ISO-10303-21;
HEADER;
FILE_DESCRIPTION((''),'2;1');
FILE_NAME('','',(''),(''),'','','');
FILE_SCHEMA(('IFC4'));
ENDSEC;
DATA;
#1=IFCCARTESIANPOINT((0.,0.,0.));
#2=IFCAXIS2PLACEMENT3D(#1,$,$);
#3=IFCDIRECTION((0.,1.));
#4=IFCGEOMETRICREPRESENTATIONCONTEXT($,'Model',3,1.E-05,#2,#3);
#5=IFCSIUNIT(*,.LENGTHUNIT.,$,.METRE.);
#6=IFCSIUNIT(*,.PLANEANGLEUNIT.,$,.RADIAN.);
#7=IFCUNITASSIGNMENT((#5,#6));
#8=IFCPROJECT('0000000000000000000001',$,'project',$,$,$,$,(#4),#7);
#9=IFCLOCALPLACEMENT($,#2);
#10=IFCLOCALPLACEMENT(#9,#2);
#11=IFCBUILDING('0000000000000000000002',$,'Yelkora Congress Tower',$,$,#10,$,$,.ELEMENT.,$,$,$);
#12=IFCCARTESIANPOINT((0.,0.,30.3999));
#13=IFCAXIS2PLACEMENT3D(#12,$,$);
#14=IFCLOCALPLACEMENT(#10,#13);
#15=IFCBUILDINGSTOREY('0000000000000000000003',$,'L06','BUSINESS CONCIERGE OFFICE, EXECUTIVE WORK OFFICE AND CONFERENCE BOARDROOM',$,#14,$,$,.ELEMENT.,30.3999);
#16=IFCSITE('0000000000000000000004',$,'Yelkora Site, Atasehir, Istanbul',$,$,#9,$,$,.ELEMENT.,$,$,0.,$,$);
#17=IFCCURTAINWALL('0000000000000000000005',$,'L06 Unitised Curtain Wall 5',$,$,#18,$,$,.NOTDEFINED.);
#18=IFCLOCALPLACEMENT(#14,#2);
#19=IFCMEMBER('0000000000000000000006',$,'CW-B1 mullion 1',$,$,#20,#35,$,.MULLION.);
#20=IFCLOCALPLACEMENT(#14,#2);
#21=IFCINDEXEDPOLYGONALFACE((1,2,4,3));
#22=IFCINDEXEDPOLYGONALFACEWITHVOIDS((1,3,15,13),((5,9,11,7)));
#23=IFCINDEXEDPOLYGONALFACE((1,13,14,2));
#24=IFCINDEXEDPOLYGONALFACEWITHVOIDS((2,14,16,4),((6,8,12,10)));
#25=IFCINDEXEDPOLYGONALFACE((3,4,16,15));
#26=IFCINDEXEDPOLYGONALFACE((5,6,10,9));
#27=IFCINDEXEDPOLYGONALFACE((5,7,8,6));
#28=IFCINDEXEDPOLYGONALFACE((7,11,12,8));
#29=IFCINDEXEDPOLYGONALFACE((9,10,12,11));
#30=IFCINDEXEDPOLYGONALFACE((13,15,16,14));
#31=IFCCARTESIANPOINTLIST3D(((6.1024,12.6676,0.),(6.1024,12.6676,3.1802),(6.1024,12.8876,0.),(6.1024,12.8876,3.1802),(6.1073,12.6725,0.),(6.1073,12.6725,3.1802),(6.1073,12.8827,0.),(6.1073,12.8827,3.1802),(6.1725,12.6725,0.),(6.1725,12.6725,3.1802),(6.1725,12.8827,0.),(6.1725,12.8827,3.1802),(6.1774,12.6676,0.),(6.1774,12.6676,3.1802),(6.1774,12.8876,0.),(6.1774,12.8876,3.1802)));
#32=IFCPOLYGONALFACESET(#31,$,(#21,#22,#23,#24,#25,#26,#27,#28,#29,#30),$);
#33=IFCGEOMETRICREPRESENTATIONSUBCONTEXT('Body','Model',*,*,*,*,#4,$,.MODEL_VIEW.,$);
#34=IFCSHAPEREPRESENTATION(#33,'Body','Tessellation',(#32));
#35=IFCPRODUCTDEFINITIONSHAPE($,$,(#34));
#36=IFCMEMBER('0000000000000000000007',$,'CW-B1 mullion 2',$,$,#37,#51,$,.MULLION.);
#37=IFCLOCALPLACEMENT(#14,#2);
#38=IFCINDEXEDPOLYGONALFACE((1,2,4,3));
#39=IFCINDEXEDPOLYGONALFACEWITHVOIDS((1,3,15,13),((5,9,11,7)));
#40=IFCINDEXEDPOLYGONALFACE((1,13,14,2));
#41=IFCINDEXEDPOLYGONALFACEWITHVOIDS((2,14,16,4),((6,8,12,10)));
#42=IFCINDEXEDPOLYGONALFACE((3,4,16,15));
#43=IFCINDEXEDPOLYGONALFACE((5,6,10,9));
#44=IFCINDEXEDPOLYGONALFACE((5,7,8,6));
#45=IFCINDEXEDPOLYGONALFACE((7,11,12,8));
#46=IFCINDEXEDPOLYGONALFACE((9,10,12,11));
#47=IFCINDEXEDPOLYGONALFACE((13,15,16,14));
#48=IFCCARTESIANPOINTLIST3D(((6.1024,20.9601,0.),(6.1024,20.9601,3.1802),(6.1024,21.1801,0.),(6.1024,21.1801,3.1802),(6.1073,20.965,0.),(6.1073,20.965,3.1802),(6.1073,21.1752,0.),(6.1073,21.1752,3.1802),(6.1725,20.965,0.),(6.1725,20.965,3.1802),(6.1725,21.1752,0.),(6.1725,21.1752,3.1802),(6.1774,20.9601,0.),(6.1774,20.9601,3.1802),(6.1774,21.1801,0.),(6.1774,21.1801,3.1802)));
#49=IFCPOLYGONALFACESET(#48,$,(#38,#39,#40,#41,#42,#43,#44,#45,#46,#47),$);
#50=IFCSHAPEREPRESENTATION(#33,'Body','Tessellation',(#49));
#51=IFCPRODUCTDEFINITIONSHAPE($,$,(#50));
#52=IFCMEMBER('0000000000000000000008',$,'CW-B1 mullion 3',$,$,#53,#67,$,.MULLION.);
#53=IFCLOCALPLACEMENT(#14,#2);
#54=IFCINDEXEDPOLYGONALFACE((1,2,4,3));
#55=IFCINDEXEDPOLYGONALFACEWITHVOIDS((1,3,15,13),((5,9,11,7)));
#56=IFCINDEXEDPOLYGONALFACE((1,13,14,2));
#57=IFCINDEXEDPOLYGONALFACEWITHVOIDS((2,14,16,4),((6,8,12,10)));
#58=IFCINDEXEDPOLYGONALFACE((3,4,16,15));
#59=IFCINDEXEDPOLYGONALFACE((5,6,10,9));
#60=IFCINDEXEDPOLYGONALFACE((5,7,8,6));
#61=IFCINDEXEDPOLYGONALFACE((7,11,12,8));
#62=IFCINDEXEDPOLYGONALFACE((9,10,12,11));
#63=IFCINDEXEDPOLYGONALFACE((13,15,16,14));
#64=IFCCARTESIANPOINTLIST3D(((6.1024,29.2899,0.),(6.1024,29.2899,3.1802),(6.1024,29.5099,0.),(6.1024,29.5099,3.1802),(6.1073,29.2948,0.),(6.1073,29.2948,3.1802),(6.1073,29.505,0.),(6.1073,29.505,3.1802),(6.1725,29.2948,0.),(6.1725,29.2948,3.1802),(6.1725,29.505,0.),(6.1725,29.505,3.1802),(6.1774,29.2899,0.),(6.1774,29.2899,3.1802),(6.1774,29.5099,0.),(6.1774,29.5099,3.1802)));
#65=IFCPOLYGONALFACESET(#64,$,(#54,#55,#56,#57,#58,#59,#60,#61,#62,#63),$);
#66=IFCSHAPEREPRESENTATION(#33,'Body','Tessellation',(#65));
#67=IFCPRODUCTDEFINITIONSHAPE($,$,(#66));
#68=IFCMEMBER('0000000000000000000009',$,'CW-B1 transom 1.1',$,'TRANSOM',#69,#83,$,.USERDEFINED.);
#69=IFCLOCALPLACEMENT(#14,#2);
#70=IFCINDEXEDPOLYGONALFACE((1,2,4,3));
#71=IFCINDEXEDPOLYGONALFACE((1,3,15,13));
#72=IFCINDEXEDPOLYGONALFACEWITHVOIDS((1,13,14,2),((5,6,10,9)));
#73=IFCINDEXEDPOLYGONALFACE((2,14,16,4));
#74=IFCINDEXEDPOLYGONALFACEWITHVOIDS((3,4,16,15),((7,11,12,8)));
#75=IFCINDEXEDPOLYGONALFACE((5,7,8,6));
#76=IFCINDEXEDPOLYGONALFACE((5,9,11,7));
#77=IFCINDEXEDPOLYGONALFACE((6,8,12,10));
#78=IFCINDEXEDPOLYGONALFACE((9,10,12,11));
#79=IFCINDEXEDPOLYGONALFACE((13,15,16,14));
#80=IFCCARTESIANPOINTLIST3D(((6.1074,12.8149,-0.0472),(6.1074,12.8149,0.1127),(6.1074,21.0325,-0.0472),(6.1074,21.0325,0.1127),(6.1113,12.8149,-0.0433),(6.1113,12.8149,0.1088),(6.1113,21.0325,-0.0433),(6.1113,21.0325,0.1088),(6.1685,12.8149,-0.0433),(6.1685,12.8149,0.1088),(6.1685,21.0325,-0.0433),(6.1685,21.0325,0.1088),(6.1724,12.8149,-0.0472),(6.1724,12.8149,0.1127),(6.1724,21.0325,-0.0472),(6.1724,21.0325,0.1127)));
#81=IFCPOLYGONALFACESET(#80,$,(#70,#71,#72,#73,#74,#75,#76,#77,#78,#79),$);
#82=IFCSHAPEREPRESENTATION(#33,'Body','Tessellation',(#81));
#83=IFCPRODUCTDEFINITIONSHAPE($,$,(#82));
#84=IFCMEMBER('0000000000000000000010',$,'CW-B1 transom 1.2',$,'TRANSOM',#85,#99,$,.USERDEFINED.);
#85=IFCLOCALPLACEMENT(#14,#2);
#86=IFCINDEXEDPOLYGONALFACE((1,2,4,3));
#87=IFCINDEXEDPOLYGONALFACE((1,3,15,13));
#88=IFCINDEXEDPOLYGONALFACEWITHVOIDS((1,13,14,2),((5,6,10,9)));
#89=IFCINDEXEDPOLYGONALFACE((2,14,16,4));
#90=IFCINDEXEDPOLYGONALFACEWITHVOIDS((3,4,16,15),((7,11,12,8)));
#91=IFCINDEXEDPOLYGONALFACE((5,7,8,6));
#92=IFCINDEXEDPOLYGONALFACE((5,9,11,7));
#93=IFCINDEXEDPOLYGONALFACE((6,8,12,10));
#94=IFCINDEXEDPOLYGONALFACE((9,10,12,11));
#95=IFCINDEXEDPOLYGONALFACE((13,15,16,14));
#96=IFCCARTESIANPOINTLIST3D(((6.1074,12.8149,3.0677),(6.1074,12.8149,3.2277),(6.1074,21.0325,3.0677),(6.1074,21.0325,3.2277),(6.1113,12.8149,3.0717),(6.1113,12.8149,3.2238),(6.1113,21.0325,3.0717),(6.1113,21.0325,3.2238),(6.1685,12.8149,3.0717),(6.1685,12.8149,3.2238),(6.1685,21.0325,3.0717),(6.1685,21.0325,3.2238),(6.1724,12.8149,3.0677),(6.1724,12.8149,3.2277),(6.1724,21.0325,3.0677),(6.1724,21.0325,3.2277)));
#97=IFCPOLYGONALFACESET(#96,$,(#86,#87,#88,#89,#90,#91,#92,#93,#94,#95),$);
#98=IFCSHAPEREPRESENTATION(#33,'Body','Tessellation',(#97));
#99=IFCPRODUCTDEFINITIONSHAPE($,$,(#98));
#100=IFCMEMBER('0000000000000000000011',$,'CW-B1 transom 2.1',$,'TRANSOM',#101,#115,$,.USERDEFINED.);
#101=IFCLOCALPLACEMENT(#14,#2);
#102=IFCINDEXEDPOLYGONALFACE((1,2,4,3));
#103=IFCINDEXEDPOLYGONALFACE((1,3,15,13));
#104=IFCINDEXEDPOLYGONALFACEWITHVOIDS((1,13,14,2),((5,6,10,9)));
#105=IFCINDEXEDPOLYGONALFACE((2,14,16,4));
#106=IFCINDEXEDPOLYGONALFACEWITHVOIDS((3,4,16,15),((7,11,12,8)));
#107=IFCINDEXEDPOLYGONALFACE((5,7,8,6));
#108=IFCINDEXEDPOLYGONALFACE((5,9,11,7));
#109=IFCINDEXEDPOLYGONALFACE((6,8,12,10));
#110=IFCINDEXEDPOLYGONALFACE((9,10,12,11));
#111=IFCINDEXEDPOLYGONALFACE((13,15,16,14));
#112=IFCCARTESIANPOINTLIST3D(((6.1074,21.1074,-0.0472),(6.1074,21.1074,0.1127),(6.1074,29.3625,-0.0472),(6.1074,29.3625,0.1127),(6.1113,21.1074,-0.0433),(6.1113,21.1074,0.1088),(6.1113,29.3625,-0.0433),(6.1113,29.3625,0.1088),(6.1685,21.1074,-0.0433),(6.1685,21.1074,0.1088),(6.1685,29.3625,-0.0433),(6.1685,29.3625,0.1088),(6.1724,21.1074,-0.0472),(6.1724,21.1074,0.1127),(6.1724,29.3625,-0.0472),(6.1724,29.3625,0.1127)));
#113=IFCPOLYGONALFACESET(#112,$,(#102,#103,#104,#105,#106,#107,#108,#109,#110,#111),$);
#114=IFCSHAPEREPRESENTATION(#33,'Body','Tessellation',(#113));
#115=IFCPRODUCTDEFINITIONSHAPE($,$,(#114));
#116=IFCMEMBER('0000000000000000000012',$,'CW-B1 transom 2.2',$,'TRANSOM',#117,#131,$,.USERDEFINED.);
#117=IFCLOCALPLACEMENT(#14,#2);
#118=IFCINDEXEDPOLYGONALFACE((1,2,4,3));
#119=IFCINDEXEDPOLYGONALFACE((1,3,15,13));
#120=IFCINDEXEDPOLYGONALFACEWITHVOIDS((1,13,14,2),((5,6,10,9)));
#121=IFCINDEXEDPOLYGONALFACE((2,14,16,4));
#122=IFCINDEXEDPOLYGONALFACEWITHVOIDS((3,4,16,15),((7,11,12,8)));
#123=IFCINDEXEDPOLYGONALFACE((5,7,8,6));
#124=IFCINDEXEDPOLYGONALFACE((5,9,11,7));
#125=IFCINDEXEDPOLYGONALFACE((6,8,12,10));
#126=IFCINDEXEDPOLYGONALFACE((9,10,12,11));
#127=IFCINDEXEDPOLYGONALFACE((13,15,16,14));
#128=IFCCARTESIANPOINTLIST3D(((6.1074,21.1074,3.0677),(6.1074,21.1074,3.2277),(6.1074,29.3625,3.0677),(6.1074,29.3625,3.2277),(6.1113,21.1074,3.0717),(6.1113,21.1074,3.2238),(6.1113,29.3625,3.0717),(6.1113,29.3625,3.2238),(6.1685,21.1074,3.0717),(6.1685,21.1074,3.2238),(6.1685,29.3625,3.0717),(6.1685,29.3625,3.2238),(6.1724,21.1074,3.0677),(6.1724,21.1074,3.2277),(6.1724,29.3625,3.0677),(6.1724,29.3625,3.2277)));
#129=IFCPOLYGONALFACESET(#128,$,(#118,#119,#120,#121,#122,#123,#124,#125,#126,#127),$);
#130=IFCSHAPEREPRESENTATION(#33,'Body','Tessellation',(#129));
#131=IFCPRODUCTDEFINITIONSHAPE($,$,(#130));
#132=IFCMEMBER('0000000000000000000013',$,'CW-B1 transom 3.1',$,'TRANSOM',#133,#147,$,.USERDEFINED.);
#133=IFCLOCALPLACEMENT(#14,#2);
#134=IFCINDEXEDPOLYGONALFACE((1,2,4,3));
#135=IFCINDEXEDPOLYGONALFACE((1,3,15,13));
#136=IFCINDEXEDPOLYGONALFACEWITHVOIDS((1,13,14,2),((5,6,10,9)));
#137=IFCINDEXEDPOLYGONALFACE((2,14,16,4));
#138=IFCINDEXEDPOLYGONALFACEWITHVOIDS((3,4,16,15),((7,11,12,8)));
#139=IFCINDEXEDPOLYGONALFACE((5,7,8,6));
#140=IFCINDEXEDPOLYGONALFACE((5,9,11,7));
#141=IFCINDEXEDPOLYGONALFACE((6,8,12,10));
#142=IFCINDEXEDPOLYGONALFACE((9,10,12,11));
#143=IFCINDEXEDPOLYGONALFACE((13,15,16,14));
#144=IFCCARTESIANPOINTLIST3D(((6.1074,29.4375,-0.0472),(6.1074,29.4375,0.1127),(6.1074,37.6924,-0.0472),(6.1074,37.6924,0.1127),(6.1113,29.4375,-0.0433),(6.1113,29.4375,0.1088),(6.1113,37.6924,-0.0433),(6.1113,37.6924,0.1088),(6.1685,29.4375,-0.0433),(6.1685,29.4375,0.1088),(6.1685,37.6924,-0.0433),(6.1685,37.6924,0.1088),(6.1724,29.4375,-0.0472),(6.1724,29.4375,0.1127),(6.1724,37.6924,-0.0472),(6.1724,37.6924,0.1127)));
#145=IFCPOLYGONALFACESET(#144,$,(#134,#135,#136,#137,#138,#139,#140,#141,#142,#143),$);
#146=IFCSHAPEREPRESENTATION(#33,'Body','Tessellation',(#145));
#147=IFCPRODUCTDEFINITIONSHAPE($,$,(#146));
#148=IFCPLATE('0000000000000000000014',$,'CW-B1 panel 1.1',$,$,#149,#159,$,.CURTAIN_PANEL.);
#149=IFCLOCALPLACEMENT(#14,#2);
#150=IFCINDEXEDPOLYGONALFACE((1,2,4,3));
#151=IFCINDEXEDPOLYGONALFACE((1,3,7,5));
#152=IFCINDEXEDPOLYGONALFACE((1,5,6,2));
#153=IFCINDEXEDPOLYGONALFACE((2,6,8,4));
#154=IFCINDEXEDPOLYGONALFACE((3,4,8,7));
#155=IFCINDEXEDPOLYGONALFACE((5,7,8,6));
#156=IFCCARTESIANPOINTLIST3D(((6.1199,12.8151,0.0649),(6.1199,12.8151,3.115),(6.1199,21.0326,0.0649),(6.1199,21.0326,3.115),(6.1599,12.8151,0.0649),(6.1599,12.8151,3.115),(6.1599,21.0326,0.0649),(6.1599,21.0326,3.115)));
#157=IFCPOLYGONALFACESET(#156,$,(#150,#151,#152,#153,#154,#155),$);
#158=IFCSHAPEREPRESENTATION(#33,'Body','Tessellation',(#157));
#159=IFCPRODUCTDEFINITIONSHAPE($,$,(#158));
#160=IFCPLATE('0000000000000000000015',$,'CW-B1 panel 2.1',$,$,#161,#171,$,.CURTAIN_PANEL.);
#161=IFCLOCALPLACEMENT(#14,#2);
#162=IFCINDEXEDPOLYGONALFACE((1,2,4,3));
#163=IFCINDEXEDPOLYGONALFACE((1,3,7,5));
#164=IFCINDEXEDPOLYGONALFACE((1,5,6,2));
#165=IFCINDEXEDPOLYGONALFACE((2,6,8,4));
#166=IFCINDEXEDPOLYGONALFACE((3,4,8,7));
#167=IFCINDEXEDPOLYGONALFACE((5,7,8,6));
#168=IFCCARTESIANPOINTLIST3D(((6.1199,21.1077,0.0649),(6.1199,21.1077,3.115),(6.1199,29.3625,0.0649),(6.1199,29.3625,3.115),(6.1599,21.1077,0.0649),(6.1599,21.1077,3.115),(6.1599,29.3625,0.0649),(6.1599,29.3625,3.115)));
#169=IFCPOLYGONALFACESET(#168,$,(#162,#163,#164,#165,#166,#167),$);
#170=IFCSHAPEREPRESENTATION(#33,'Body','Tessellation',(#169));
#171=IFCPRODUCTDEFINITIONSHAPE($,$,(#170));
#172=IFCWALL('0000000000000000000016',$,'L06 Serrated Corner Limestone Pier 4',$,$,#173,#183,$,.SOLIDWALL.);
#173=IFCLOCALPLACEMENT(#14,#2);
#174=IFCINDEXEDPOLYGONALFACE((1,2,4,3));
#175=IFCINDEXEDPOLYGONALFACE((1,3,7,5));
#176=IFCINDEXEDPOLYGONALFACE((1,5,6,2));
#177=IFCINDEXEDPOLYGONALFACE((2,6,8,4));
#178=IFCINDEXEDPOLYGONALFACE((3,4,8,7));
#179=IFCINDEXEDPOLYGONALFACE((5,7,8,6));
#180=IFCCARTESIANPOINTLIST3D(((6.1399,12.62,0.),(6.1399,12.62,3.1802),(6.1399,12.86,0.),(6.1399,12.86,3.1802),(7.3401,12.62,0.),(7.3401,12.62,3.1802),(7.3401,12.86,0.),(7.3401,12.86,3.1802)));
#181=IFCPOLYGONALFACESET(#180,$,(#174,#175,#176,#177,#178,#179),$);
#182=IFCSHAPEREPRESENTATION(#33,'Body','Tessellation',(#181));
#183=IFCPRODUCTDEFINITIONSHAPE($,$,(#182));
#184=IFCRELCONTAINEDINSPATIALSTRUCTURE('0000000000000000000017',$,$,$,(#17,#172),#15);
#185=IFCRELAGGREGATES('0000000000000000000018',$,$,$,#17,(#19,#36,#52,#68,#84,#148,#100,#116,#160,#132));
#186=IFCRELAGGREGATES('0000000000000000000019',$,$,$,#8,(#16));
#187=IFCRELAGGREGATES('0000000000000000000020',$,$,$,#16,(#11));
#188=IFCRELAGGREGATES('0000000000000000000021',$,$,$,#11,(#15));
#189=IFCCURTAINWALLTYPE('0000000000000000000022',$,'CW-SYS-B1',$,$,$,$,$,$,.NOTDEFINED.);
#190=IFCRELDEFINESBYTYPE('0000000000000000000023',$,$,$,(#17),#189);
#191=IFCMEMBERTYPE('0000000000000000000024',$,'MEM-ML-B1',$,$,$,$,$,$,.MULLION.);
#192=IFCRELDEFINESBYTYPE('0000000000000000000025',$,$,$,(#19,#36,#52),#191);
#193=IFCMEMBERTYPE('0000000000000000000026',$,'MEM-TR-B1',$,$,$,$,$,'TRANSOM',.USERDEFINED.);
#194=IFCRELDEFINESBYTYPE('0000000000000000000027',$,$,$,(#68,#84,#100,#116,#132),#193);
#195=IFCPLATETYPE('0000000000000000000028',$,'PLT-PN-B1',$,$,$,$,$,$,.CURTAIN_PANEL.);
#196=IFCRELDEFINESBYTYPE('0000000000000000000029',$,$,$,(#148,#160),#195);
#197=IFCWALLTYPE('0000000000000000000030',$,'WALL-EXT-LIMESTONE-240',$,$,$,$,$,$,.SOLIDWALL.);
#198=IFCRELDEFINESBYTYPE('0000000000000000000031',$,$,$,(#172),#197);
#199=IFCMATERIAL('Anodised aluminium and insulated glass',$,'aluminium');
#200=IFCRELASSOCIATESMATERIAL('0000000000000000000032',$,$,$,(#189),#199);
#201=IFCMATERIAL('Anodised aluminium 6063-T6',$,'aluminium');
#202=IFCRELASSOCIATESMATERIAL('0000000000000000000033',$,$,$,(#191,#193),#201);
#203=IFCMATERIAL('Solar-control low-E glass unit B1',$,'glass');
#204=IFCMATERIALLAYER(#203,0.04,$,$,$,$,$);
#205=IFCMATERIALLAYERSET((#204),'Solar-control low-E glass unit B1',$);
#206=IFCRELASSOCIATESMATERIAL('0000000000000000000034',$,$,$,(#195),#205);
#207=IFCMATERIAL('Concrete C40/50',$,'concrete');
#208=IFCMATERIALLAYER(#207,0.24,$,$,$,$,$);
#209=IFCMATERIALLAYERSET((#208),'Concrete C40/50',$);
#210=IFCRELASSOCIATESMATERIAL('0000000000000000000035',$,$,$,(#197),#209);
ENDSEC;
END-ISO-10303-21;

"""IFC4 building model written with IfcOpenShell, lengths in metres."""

from ifc_helpers import new_model, si_unit, direction, frame, frame_2d, origin, origin_2d, place, context, subcontext, project, spatial, rectangle, hollow_rectangle, extrude, material, layer, layer_set, material_profile, profile_set, type_object, element, aggregate, save


model = new_model("IFC4")

# Units and contexts
model_context = context("Model", 3, precision=1e-05, world=origin(), true_north=direction((0.0, 1.0)))
body_context = subcontext(model_context, "Body", "Model", "MODEL_VIEW")
ifc_project = project(units=[si_unit("LENGTHUNIT", "METRE"), si_unit("PLANEANGLEUNIT", "RADIAN")], contexts=[model_context])

# Site, building, storey
site_placement = place(None, origin())
site = spatial("IfcSite", under=ifc_project, at=site_placement, Name="Yelkora Site, Atasehir, Istanbul", CompositionType="ELEMENT", RefElevation=0.0)
building_placement = place(site_placement, origin())
building = spatial("IfcBuilding", under=site, at=building_placement, Name="Yelkora Congress Tower", CompositionType="ELEMENT")
storey_placement = place(building_placement, frame((0.0, 0.0, 30.3999)))
storey = spatial("IfcBuildingStorey", under=building, at=storey_placement, Name="L06", Description="BUSINESS CONCIERGE OFFICE, EXECUTIVE WORK OFFICE AND CONFERENCE BOARDROOM", CompositionType="ELEMENT", Elevation=30.3999)

# Curtain wall, members, plates
ifc_material_1 = material(Name="Anodised aluminium and insulated glass", Category="aluminium")
curtain_wall_type = type_object("IfcCurtainWallType", Name="CW-SYS-B1", PredefinedType="NOTDEFINED", material=ifc_material_1)
curtain_wall_placement = place(storey_placement, origin())
curtain_wall = element("IfcCurtainWall", 1, at=curtain_wall_placement, inside=storey, type_object=curtain_wall_type, Name="L06 Unitised Curtain Wall 5", PredefinedType="NOTDEFINED")
ifc_material_2 = material(Name="Anodised aluminium 6063-T6", Category="aluminium")
ifc_material_profile_1 = material_profile(ifc_material_2, hollow_rectangle(XDim=0.075, YDim=0.22, WallThickness=0.0049, at=origin_2d()), Name="ALU 75x220x5")
ifc_profile_set_1 = profile_set([ifc_material_profile_1], Name="Anodised aluminium 6063-T6")
member_type_1 = type_object("IfcMemberType", Name="MEM-ML-B1", PredefinedType="MULLION", material=ifc_profile_set_1)
member_1_placement = place(storey_placement, frame((6.1399, 12.7776, 0.0), z_axis=(0.0, 0.0, 1.0), x_axis=(-1.0, 0.0, 0.0)))
member_1 = element("IfcMember", 2, at=member_1_placement, type_object=member_type_1, Name="CW-B1 mullion 1", PredefinedType="MULLION", context=body_context, shape_type="SweptSolid", body=[
    extrude(hollow_rectangle(XDim=0.075, YDim=0.22, WallThickness=0.0049, at=origin_2d()), origin(), (0.0, 0.0, 1.0), 3.1802),
])
member_2_placement = place(storey_placement, frame((6.1399, 21.0701, 0.0), z_axis=(0.0, 0.0, 1.0), x_axis=(-1.0, 0.0, 0.0)))
member_2 = element("IfcMember", 3, at=member_2_placement, type_object=member_type_1, Name="CW-B1 mullion 2", PredefinedType="MULLION", context=body_context, shape_type="SweptSolid", body=[
    extrude(hollow_rectangle(XDim=0.075, YDim=0.22, WallThickness=0.0049, at=origin_2d()), origin(), (0.0, 0.0, 1.0), 3.1802),
])
member_3_placement = place(storey_placement, frame((6.1399, 29.3999, 0.0), z_axis=(0.0, 0.0, 1.0), x_axis=(-1.0, 0.0, 0.0)))
member_3 = element("IfcMember", 4, at=member_3_placement, type_object=member_type_1, Name="CW-B1 mullion 3", PredefinedType="MULLION", context=body_context, shape_type="SweptSolid", body=[
    extrude(hollow_rectangle(XDim=0.075, YDim=0.22, WallThickness=0.0049, at=origin_2d()), origin(), (0.0, 0.0, 1.0), 3.1802),
])
ifc_material_profile_2 = material_profile(ifc_material_2, hollow_rectangle(XDim=0.0649, YDim=0.1599, WallThickness=0.0039, at=origin_2d()), Name="ALU 65x160x4")
ifc_profile_set_2 = profile_set([ifc_material_profile_2], Name="Anodised aluminium 6063-T6")
member_type_2 = type_object("IfcMemberType", Name="MEM-TR-B1", ElementType="TRANSOM", PredefinedType="USERDEFINED", material=ifc_profile_set_2)
member_4_placement = place(storey_placement, frame((6.1399, 12.8149, 0.0327), z_axis=(0.0, 1.0, 0.0), x_axis=(-1.0, 0.0, 0.0)))
member_4 = element("IfcMember", 5, at=member_4_placement, type_object=member_type_2, Name="CW-B1 transom 1.1", ObjectType="TRANSOM", PredefinedType="USERDEFINED", context=body_context, shape_type="SweptSolid", body=[
    extrude(hollow_rectangle(XDim=0.0649, YDim=0.1599, WallThickness=0.0039, at=origin_2d()), origin(), (0.0, 0.0, 1.0), 8.2175),
])
member_5_placement = place(storey_placement, frame((6.1399, 12.8149, 3.1477), z_axis=(0.0, 1.0, 0.0), x_axis=(-1.0, 0.0, 0.0)))
member_5 = element("IfcMember", 6, at=member_5_placement, type_object=member_type_2, Name="CW-B1 transom 1.2", ObjectType="TRANSOM", PredefinedType="USERDEFINED", context=body_context, shape_type="SweptSolid", body=[
    extrude(hollow_rectangle(XDim=0.0649, YDim=0.1599, WallThickness=0.0039, at=origin_2d()), origin(), (0.0, 0.0, 1.0), 8.2175),
])
member_6_placement = place(storey_placement, frame((6.1399, 21.1074, 0.0327), z_axis=(0.0, 1.0, 0.0), x_axis=(-1.0, 0.0, 0.0)))
member_6 = element("IfcMember", 7, at=member_6_placement, type_object=member_type_2, Name="CW-B1 transom 2.1", ObjectType="TRANSOM", PredefinedType="USERDEFINED", context=body_context, shape_type="SweptSolid", body=[
    extrude(hollow_rectangle(XDim=0.0649, YDim=0.1599, WallThickness=0.0039, at=origin_2d()), origin(), (0.0, 0.0, 1.0), 8.2551),
])
member_7_placement = place(storey_placement, frame((6.1399, 21.1074, 3.1477), z_axis=(0.0, 1.0, 0.0), x_axis=(-1.0, 0.0, 0.0)))
member_7 = element("IfcMember", 8, at=member_7_placement, type_object=member_type_2, Name="CW-B1 transom 2.2", ObjectType="TRANSOM", PredefinedType="USERDEFINED", context=body_context, shape_type="SweptSolid", body=[
    extrude(hollow_rectangle(XDim=0.0649, YDim=0.1599, WallThickness=0.0039, at=origin_2d()), origin(), (0.0, 0.0, 1.0), 8.2551),
])
member_8_placement = place(storey_placement, frame((6.1399, 29.4375, 0.0327), z_axis=(0.0, 1.0, 0.0), x_axis=(-1.0, 0.0, 0.0)))
member_8 = element("IfcMember", 9, at=member_8_placement, type_object=member_type_2, Name="CW-B1 transom 3.1", ObjectType="TRANSOM", PredefinedType="USERDEFINED", context=body_context, shape_type="SweptSolid", body=[
    extrude(hollow_rectangle(XDim=0.0649, YDim=0.1599, WallThickness=0.0039, at=origin_2d()), origin(), (0.0, 0.0, 1.0), 8.2549),
])
ifc_material_3 = material(Name="Solar-control low-E glass unit B1", Category="glass")
ifc_layer_1 = layer(ifc_material_3, 0.04)
ifc_layer_set_1 = layer_set([ifc_layer_1], Name="Solar-control low-E glass unit B1")
plate_type = type_object("IfcPlateType", Name="PLT-PN-B1", PredefinedType="CURTAIN_PANEL", material=ifc_layer_set_1)
plate_1_placement = place(storey_placement, frame((6.1399, 16.9238, 0.0649), z_axis=(0.0, 0.0, 1.0), x_axis=(0.0, 1.0, 0.0)))
plate_1 = element("IfcPlate", 10, at=plate_1_placement, type_object=plate_type, Name="CW-B1 panel 1.1", PredefinedType="CURTAIN_PANEL", context=body_context, shape_type="SweptSolid", body=[
    extrude(rectangle(XDim=8.2175, YDim=0.04, at=origin_2d()), origin(), (0.0, 0.0, 1.0), 3.05),
])
plate_2_placement = place(storey_placement, frame((6.1399, 25.2351, 0.0649), z_axis=(0.0, 0.0, 1.0), x_axis=(0.0, 1.0, 0.0)))
plate_2 = element("IfcPlate", 11, at=plate_2_placement, type_object=plate_type, Name="CW-B1 panel 2.1", PredefinedType="CURTAIN_PANEL", context=body_context, shape_type="SweptSolid", body=[
    extrude(rectangle(XDim=8.2549, YDim=0.04, at=origin_2d()), origin(), (0.0, 0.0, 1.0), 3.05),
])
aggregate(curtain_wall, [member_1, member_2, member_3, member_4, member_5, plate_1, member_6, member_7, plate_2, member_8])

# Wall
ifc_material_4 = material(Name="Concrete C40/50", Category="concrete")
ifc_layer_2 = layer(ifc_material_4, 0.24)
ifc_layer_set_2 = layer_set([ifc_layer_2], Name="Concrete C40/50")
wall_type_1 = type_object("IfcWallType", Name="WALL-EXT-LIMESTONE-240", PredefinedType="SOLIDWALL", material=ifc_layer_set_2)
wall_1_placement = place(storey_placement, frame((7.3401, 12.74, 0.0), z_axis=(0.0, 0.0, 1.0), x_axis=(-1.0, 0.0, 0.0)))
element("IfcWall", 12, at=wall_1_placement, inside=storey, type_object=wall_type_1, Name="L06 Serrated Corner Limestone Pier 4", PredefinedType="SOLIDWALL", context=body_context, shape_type="SweptSolid", body=[
    extrude(rectangle(XDim=1.2002, YDim=0.24, at=frame_2d((0.6001, 0.0))), origin(), (0.0, 0.0, 1.0), 3.1802),
])

save(model, "model.ifc")
